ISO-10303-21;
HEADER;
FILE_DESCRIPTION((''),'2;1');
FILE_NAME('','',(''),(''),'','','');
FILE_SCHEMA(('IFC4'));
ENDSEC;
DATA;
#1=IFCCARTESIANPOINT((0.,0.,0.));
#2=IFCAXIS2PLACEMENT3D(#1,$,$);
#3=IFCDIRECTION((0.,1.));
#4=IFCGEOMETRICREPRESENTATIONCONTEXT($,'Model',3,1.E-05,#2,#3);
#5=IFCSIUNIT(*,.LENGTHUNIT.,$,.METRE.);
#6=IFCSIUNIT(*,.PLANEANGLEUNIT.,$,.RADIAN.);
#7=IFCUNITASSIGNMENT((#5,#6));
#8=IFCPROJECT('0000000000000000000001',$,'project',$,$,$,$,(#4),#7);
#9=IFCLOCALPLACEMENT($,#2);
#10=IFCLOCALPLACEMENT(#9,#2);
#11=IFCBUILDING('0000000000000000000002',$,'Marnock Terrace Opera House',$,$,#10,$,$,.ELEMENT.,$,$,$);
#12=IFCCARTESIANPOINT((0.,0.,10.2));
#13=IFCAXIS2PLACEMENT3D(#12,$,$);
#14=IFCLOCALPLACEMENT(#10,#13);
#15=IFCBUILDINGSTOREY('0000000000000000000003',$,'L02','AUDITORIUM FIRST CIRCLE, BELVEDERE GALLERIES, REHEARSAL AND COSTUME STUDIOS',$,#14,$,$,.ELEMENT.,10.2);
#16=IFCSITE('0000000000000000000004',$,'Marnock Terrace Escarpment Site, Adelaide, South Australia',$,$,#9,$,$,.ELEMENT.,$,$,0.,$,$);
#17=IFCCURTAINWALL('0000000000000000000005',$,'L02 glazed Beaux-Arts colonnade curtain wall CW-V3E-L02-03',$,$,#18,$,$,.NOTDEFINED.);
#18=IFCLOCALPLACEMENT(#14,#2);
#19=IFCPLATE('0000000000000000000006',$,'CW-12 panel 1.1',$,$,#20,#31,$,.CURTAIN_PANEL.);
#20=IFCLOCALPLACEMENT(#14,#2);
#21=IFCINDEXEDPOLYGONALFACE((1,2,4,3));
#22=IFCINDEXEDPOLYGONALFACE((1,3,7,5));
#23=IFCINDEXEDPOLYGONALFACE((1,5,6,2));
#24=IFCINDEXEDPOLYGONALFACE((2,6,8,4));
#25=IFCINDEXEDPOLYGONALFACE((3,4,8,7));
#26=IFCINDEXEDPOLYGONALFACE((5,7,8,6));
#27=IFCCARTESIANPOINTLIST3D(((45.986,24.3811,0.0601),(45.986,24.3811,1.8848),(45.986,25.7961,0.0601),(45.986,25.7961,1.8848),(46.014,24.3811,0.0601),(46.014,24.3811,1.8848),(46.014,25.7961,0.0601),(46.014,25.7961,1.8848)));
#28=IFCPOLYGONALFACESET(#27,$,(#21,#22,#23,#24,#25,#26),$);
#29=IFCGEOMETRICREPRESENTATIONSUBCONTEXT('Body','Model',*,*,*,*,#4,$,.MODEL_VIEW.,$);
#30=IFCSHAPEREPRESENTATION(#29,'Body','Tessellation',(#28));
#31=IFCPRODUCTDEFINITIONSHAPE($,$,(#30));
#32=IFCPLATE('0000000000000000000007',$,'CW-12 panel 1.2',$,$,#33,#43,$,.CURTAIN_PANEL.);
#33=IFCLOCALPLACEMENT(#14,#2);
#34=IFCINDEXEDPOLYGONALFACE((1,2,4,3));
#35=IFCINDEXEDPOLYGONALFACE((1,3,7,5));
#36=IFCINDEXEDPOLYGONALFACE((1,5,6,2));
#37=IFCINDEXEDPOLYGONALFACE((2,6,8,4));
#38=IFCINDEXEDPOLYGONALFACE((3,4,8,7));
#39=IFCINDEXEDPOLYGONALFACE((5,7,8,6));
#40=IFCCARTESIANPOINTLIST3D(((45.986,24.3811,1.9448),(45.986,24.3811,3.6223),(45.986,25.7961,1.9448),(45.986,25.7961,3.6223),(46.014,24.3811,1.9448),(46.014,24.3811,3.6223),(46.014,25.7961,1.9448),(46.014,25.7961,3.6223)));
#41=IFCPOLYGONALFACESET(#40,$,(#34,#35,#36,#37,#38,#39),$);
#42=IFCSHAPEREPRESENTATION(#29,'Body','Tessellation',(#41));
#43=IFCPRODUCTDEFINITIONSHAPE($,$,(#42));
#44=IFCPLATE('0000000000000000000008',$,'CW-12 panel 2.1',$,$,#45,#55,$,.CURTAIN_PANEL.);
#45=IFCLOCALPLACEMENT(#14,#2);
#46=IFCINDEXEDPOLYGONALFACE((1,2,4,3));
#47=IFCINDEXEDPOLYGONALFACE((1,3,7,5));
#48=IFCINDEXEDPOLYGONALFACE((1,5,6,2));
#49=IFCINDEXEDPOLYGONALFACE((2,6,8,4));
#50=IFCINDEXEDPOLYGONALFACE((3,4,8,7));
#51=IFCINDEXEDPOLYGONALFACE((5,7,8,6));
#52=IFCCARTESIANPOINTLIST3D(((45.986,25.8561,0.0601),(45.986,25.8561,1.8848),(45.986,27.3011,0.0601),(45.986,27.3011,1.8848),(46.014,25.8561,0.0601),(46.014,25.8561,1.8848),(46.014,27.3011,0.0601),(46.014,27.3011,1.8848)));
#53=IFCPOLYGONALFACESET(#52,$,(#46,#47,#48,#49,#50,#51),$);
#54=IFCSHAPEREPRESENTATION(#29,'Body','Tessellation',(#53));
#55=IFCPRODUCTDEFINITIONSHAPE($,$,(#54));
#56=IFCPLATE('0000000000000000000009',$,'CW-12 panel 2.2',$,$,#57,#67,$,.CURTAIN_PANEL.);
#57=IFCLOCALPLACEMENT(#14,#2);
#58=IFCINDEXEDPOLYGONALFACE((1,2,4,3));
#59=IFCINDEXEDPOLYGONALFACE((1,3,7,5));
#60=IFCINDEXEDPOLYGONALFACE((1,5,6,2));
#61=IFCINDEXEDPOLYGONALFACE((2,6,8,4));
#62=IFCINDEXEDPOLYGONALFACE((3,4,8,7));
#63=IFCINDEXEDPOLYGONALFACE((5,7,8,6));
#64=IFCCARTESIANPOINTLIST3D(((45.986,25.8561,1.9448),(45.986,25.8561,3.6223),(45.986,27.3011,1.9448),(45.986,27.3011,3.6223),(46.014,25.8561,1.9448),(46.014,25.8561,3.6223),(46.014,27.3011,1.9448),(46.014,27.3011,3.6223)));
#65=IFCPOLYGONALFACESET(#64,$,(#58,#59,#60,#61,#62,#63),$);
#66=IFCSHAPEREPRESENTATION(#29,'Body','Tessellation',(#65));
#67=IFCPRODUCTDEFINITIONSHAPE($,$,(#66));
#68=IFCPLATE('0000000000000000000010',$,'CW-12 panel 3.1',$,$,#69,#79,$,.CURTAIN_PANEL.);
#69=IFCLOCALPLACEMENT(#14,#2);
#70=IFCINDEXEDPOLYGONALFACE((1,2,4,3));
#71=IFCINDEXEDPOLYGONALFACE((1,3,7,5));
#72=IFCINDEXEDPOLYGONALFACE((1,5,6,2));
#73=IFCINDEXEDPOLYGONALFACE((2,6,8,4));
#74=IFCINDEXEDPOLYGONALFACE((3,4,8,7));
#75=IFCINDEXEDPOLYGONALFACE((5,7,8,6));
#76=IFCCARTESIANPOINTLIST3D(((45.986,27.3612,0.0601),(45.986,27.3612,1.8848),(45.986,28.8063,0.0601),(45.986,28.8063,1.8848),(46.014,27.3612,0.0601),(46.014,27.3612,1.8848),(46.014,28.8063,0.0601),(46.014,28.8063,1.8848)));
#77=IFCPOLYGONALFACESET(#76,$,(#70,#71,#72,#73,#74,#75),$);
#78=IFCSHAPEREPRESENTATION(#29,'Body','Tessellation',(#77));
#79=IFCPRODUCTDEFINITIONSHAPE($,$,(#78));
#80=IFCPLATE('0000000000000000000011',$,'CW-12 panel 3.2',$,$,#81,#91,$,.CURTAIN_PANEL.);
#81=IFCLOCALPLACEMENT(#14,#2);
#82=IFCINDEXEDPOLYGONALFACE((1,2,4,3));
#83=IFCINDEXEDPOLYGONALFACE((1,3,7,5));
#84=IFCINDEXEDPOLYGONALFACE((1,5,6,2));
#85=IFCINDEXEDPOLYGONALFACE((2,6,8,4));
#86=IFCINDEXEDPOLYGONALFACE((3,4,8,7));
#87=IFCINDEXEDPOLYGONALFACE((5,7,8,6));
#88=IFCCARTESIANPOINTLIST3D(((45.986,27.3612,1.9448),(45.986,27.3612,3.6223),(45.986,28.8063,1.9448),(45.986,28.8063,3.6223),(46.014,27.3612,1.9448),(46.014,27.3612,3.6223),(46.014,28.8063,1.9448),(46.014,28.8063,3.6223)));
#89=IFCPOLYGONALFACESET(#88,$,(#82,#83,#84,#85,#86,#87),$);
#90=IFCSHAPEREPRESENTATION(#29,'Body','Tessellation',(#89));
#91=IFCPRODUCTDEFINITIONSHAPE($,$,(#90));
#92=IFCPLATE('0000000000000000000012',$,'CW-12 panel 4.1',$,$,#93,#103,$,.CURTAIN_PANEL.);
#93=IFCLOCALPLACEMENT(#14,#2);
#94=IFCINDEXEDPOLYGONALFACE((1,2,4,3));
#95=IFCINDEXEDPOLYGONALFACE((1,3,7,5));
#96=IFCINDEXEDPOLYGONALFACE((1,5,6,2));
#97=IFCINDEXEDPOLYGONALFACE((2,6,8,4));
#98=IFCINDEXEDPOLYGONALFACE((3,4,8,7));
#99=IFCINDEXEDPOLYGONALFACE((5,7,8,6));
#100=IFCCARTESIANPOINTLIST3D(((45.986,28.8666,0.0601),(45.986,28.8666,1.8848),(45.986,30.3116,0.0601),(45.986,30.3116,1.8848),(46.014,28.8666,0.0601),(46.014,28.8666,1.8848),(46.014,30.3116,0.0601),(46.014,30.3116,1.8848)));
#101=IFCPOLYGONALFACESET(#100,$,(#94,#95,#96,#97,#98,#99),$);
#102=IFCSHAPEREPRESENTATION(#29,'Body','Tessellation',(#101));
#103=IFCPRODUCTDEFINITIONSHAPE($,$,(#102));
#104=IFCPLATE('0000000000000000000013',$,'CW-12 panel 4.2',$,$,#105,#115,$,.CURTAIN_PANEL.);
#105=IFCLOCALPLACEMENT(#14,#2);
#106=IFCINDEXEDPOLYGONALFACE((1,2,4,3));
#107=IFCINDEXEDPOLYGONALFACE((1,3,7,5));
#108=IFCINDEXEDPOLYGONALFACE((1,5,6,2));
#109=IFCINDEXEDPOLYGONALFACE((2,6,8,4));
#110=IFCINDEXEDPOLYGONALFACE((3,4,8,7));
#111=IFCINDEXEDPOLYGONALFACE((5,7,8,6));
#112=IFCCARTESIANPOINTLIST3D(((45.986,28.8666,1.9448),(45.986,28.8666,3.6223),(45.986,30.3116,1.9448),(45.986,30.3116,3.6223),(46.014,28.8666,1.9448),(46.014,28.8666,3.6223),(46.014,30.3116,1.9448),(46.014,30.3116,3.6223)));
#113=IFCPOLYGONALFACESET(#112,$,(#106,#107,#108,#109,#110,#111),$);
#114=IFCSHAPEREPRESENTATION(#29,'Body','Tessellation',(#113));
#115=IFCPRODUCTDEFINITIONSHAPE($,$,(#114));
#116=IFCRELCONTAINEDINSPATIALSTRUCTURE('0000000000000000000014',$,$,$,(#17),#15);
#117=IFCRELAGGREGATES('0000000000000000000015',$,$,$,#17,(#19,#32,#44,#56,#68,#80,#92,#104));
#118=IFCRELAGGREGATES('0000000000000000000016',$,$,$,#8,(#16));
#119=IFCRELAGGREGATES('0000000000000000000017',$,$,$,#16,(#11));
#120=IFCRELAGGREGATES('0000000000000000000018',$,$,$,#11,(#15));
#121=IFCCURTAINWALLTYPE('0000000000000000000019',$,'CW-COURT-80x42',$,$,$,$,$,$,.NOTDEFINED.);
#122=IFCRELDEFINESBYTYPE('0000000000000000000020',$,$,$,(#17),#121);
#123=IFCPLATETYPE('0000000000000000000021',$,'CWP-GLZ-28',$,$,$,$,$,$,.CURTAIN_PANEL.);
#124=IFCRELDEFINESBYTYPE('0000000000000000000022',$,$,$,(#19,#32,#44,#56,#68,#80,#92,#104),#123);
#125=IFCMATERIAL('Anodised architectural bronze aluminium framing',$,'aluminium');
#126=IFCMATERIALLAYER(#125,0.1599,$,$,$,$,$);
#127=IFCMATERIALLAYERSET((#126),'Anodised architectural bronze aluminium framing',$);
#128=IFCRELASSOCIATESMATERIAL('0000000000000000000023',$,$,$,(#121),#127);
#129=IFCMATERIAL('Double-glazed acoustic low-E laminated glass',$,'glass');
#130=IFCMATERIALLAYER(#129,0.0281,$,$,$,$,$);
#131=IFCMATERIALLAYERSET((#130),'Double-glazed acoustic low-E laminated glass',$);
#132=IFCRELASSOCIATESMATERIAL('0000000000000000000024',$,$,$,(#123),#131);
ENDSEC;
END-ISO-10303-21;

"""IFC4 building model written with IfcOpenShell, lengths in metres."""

from ifc_helpers import new_model, si_unit, direction, frame, origin, origin_2d, place, context, subcontext, project, spatial, rectangle, extrude, material, layer, layer_set, type_object, element, aggregate, save


model = new_model("IFC4")

# Units and contexts
model_context = context("Model", 3, precision=1e-05, world=origin(), true_north=direction((0.0, 1.0)))
body_context = subcontext(model_context, "Body", "Model", "MODEL_VIEW")
ifc_project = project(units=[si_unit("LENGTHUNIT", "METRE"), si_unit("PLANEANGLEUNIT", "RADIAN")], contexts=[model_context])

# Site, building, storey
site_placement = place(None, origin())
site = spatial("IfcSite", under=ifc_project, at=site_placement, Name="Marnock Terrace Escarpment Site, Adelaide, South Australia", CompositionType="ELEMENT", RefElevation=0.0)
building_placement = place(site_placement, origin())
building = spatial("IfcBuilding", under=site, at=building_placement, Name="Marnock Terrace Opera House", CompositionType="ELEMENT")
storey_placement = place(building_placement, frame((0.0, 0.0, 10.2)))
storey = spatial("IfcBuildingStorey", under=building, at=storey_placement, Name="L02", Description="AUDITORIUM FIRST CIRCLE, BELVEDERE GALLERIES, REHEARSAL AND COSTUME STUDIOS", CompositionType="ELEMENT", Elevation=10.2)

# Curtain wall, plates
ifc_material_1 = material(Name="Anodised architectural bronze aluminium framing", Category="aluminium")
ifc_layer_1 = layer(ifc_material_1, 0.1599)
ifc_layer_set_1 = layer_set([ifc_layer_1], Name="Anodised architectural bronze aluminium framing")
curtain_wall_type = type_object("IfcCurtainWallType", Name="CW-COURT-80x42", PredefinedType="NOTDEFINED", material=ifc_layer_set_1)
curtain_wall_placement = place(storey_placement, origin())
curtain_wall = element("IfcCurtainWall", 1, at=curtain_wall_placement, inside=storey, type_object=curtain_wall_type, Name="L02 glazed Beaux-Arts colonnade curtain wall CW-V3E-L02-03", PredefinedType="NOTDEFINED")
ifc_material_2 = material(Name="Double-glazed acoustic low-E laminated glass", Category="glass")
ifc_layer_2 = layer(ifc_material_2, 0.0281)
ifc_layer_set_2 = layer_set([ifc_layer_2], Name="Double-glazed acoustic low-E laminated glass")
plate_type = type_object("IfcPlateType", Name="CWP-GLZ-28", PredefinedType="CURTAIN_PANEL", material=ifc_layer_set_2)
plate_1_placement = place(storey_placement, frame((46.0, 25.0886, 0.0601), z_axis=(0.0, 0.0, 1.0), x_axis=(0.0, 1.0, 0.0)))
plate_1 = element("IfcPlate", 2, at=plate_1_placement, type_object=plate_type, Name="CW-12 panel 1.1", PredefinedType="CURTAIN_PANEL", context=body_context, shape_type="SweptSolid", body=[
    extrude(rectangle(XDim=1.415, YDim=0.0281, at=origin_2d()), origin(), (0.0, 0.0, 1.0), 1.8247),
])
plate_2_placement = place(storey_placement, frame((46.0, 25.0886, 1.9448), z_axis=(0.0, 0.0, 1.0), x_axis=(0.0, 1.0, 0.0)))
plate_2 = element("IfcPlate", 3, at=plate_2_placement, type_object=plate_type, Name="CW-12 panel 1.2", PredefinedType="CURTAIN_PANEL", context=body_context, shape_type="SweptSolid", body=[
    extrude(rectangle(XDim=1.415, YDim=0.0281, at=origin_2d()), origin(), (0.0, 0.0, 1.0), 1.6775),
])
plate_3_placement = place(storey_placement, frame((46.0, 26.5786, 0.0601), z_axis=(0.0, 0.0, 1.0), x_axis=(0.0, 1.0, 0.0)))
plate_3 = element("IfcPlate", 4, at=plate_3_placement, type_object=plate_type, Name="CW-12 panel 2.1", PredefinedType="CURTAIN_PANEL", context=body_context, shape_type="SweptSolid", body=[
    extrude(rectangle(XDim=1.4451, YDim=0.0281, at=origin_2d()), origin(), (0.0, 0.0, 1.0), 1.8247),
])
plate_4_placement = place(storey_placement, frame((46.0, 26.5786, 1.9448), z_axis=(0.0, 0.0, 1.0), x_axis=(0.0, 1.0, 0.0)))
plate_4 = element("IfcPlate", 5, at=plate_4_placement, type_object=plate_type, Name="CW-12 panel 2.2", PredefinedType="CURTAIN_PANEL", context=body_context, shape_type="SweptSolid", body=[
    extrude(rectangle(XDim=1.4451, YDim=0.0281, at=origin_2d()), origin(), (0.0, 0.0, 1.0), 1.6775),
])
plate_5_placement = place(storey_placement, frame((46.0, 28.0837, 0.0601), z_axis=(0.0, 0.0, 1.0), x_axis=(0.0, 1.0, 0.0)))
plate_5 = element("IfcPlate", 6, at=plate_5_placement, type_object=plate_type, Name="CW-12 panel 3.1", PredefinedType="CURTAIN_PANEL", context=body_context, shape_type="SweptSolid", body=[
    extrude(rectangle(XDim=1.4451, YDim=0.0281, at=origin_2d()), origin(), (0.0, 0.0, 1.0), 1.8247),
])
plate_6_placement = place(storey_placement, frame((46.0, 28.0837, 1.9448), z_axis=(0.0, 0.0, 1.0), x_axis=(0.0, 1.0, 0.0)))
plate_6 = element("IfcPlate", 7, at=plate_6_placement, type_object=plate_type, Name="CW-12 panel 3.2", PredefinedType="CURTAIN_PANEL", context=body_context, shape_type="SweptSolid", body=[
    extrude(rectangle(XDim=1.4451, YDim=0.0281, at=origin_2d()), origin(), (0.0, 0.0, 1.0), 1.6775),
])
plate_7_placement = place(storey_placement, frame((46.0, 29.5891, 0.0601), z_axis=(0.0, 0.0, 1.0), x_axis=(0.0, 1.0, 0.0)))
plate_7 = element("IfcPlate", 8, at=plate_7_placement, type_object=plate_type, Name="CW-12 panel 4.1", PredefinedType="CURTAIN_PANEL", context=body_context, shape_type="SweptSolid", body=[
    extrude(rectangle(XDim=1.4451, YDim=0.0281, at=origin_2d()), origin(), (0.0, 0.0, 1.0), 1.8247),
])
plate_8_placement = place(storey_placement, frame((46.0, 29.5891, 1.9448), z_axis=(0.0, 0.0, 1.0), x_axis=(0.0, 1.0, 0.0)))
plate_8 = element("IfcPlate", 9, at=plate_8_placement, type_object=plate_type, Name="CW-12 panel 4.2", PredefinedType="CURTAIN_PANEL", context=body_context, shape_type="SweptSolid", body=[
    extrude(rectangle(XDim=1.4451, YDim=0.0281, at=origin_2d()), origin(), (0.0, 0.0, 1.0), 1.6775),
])
aggregate(curtain_wall, [plate_1, plate_2, plate_3, plate_4, plate_5, plate_6, plate_7, plate_8])

save(model, "model.ifc")
